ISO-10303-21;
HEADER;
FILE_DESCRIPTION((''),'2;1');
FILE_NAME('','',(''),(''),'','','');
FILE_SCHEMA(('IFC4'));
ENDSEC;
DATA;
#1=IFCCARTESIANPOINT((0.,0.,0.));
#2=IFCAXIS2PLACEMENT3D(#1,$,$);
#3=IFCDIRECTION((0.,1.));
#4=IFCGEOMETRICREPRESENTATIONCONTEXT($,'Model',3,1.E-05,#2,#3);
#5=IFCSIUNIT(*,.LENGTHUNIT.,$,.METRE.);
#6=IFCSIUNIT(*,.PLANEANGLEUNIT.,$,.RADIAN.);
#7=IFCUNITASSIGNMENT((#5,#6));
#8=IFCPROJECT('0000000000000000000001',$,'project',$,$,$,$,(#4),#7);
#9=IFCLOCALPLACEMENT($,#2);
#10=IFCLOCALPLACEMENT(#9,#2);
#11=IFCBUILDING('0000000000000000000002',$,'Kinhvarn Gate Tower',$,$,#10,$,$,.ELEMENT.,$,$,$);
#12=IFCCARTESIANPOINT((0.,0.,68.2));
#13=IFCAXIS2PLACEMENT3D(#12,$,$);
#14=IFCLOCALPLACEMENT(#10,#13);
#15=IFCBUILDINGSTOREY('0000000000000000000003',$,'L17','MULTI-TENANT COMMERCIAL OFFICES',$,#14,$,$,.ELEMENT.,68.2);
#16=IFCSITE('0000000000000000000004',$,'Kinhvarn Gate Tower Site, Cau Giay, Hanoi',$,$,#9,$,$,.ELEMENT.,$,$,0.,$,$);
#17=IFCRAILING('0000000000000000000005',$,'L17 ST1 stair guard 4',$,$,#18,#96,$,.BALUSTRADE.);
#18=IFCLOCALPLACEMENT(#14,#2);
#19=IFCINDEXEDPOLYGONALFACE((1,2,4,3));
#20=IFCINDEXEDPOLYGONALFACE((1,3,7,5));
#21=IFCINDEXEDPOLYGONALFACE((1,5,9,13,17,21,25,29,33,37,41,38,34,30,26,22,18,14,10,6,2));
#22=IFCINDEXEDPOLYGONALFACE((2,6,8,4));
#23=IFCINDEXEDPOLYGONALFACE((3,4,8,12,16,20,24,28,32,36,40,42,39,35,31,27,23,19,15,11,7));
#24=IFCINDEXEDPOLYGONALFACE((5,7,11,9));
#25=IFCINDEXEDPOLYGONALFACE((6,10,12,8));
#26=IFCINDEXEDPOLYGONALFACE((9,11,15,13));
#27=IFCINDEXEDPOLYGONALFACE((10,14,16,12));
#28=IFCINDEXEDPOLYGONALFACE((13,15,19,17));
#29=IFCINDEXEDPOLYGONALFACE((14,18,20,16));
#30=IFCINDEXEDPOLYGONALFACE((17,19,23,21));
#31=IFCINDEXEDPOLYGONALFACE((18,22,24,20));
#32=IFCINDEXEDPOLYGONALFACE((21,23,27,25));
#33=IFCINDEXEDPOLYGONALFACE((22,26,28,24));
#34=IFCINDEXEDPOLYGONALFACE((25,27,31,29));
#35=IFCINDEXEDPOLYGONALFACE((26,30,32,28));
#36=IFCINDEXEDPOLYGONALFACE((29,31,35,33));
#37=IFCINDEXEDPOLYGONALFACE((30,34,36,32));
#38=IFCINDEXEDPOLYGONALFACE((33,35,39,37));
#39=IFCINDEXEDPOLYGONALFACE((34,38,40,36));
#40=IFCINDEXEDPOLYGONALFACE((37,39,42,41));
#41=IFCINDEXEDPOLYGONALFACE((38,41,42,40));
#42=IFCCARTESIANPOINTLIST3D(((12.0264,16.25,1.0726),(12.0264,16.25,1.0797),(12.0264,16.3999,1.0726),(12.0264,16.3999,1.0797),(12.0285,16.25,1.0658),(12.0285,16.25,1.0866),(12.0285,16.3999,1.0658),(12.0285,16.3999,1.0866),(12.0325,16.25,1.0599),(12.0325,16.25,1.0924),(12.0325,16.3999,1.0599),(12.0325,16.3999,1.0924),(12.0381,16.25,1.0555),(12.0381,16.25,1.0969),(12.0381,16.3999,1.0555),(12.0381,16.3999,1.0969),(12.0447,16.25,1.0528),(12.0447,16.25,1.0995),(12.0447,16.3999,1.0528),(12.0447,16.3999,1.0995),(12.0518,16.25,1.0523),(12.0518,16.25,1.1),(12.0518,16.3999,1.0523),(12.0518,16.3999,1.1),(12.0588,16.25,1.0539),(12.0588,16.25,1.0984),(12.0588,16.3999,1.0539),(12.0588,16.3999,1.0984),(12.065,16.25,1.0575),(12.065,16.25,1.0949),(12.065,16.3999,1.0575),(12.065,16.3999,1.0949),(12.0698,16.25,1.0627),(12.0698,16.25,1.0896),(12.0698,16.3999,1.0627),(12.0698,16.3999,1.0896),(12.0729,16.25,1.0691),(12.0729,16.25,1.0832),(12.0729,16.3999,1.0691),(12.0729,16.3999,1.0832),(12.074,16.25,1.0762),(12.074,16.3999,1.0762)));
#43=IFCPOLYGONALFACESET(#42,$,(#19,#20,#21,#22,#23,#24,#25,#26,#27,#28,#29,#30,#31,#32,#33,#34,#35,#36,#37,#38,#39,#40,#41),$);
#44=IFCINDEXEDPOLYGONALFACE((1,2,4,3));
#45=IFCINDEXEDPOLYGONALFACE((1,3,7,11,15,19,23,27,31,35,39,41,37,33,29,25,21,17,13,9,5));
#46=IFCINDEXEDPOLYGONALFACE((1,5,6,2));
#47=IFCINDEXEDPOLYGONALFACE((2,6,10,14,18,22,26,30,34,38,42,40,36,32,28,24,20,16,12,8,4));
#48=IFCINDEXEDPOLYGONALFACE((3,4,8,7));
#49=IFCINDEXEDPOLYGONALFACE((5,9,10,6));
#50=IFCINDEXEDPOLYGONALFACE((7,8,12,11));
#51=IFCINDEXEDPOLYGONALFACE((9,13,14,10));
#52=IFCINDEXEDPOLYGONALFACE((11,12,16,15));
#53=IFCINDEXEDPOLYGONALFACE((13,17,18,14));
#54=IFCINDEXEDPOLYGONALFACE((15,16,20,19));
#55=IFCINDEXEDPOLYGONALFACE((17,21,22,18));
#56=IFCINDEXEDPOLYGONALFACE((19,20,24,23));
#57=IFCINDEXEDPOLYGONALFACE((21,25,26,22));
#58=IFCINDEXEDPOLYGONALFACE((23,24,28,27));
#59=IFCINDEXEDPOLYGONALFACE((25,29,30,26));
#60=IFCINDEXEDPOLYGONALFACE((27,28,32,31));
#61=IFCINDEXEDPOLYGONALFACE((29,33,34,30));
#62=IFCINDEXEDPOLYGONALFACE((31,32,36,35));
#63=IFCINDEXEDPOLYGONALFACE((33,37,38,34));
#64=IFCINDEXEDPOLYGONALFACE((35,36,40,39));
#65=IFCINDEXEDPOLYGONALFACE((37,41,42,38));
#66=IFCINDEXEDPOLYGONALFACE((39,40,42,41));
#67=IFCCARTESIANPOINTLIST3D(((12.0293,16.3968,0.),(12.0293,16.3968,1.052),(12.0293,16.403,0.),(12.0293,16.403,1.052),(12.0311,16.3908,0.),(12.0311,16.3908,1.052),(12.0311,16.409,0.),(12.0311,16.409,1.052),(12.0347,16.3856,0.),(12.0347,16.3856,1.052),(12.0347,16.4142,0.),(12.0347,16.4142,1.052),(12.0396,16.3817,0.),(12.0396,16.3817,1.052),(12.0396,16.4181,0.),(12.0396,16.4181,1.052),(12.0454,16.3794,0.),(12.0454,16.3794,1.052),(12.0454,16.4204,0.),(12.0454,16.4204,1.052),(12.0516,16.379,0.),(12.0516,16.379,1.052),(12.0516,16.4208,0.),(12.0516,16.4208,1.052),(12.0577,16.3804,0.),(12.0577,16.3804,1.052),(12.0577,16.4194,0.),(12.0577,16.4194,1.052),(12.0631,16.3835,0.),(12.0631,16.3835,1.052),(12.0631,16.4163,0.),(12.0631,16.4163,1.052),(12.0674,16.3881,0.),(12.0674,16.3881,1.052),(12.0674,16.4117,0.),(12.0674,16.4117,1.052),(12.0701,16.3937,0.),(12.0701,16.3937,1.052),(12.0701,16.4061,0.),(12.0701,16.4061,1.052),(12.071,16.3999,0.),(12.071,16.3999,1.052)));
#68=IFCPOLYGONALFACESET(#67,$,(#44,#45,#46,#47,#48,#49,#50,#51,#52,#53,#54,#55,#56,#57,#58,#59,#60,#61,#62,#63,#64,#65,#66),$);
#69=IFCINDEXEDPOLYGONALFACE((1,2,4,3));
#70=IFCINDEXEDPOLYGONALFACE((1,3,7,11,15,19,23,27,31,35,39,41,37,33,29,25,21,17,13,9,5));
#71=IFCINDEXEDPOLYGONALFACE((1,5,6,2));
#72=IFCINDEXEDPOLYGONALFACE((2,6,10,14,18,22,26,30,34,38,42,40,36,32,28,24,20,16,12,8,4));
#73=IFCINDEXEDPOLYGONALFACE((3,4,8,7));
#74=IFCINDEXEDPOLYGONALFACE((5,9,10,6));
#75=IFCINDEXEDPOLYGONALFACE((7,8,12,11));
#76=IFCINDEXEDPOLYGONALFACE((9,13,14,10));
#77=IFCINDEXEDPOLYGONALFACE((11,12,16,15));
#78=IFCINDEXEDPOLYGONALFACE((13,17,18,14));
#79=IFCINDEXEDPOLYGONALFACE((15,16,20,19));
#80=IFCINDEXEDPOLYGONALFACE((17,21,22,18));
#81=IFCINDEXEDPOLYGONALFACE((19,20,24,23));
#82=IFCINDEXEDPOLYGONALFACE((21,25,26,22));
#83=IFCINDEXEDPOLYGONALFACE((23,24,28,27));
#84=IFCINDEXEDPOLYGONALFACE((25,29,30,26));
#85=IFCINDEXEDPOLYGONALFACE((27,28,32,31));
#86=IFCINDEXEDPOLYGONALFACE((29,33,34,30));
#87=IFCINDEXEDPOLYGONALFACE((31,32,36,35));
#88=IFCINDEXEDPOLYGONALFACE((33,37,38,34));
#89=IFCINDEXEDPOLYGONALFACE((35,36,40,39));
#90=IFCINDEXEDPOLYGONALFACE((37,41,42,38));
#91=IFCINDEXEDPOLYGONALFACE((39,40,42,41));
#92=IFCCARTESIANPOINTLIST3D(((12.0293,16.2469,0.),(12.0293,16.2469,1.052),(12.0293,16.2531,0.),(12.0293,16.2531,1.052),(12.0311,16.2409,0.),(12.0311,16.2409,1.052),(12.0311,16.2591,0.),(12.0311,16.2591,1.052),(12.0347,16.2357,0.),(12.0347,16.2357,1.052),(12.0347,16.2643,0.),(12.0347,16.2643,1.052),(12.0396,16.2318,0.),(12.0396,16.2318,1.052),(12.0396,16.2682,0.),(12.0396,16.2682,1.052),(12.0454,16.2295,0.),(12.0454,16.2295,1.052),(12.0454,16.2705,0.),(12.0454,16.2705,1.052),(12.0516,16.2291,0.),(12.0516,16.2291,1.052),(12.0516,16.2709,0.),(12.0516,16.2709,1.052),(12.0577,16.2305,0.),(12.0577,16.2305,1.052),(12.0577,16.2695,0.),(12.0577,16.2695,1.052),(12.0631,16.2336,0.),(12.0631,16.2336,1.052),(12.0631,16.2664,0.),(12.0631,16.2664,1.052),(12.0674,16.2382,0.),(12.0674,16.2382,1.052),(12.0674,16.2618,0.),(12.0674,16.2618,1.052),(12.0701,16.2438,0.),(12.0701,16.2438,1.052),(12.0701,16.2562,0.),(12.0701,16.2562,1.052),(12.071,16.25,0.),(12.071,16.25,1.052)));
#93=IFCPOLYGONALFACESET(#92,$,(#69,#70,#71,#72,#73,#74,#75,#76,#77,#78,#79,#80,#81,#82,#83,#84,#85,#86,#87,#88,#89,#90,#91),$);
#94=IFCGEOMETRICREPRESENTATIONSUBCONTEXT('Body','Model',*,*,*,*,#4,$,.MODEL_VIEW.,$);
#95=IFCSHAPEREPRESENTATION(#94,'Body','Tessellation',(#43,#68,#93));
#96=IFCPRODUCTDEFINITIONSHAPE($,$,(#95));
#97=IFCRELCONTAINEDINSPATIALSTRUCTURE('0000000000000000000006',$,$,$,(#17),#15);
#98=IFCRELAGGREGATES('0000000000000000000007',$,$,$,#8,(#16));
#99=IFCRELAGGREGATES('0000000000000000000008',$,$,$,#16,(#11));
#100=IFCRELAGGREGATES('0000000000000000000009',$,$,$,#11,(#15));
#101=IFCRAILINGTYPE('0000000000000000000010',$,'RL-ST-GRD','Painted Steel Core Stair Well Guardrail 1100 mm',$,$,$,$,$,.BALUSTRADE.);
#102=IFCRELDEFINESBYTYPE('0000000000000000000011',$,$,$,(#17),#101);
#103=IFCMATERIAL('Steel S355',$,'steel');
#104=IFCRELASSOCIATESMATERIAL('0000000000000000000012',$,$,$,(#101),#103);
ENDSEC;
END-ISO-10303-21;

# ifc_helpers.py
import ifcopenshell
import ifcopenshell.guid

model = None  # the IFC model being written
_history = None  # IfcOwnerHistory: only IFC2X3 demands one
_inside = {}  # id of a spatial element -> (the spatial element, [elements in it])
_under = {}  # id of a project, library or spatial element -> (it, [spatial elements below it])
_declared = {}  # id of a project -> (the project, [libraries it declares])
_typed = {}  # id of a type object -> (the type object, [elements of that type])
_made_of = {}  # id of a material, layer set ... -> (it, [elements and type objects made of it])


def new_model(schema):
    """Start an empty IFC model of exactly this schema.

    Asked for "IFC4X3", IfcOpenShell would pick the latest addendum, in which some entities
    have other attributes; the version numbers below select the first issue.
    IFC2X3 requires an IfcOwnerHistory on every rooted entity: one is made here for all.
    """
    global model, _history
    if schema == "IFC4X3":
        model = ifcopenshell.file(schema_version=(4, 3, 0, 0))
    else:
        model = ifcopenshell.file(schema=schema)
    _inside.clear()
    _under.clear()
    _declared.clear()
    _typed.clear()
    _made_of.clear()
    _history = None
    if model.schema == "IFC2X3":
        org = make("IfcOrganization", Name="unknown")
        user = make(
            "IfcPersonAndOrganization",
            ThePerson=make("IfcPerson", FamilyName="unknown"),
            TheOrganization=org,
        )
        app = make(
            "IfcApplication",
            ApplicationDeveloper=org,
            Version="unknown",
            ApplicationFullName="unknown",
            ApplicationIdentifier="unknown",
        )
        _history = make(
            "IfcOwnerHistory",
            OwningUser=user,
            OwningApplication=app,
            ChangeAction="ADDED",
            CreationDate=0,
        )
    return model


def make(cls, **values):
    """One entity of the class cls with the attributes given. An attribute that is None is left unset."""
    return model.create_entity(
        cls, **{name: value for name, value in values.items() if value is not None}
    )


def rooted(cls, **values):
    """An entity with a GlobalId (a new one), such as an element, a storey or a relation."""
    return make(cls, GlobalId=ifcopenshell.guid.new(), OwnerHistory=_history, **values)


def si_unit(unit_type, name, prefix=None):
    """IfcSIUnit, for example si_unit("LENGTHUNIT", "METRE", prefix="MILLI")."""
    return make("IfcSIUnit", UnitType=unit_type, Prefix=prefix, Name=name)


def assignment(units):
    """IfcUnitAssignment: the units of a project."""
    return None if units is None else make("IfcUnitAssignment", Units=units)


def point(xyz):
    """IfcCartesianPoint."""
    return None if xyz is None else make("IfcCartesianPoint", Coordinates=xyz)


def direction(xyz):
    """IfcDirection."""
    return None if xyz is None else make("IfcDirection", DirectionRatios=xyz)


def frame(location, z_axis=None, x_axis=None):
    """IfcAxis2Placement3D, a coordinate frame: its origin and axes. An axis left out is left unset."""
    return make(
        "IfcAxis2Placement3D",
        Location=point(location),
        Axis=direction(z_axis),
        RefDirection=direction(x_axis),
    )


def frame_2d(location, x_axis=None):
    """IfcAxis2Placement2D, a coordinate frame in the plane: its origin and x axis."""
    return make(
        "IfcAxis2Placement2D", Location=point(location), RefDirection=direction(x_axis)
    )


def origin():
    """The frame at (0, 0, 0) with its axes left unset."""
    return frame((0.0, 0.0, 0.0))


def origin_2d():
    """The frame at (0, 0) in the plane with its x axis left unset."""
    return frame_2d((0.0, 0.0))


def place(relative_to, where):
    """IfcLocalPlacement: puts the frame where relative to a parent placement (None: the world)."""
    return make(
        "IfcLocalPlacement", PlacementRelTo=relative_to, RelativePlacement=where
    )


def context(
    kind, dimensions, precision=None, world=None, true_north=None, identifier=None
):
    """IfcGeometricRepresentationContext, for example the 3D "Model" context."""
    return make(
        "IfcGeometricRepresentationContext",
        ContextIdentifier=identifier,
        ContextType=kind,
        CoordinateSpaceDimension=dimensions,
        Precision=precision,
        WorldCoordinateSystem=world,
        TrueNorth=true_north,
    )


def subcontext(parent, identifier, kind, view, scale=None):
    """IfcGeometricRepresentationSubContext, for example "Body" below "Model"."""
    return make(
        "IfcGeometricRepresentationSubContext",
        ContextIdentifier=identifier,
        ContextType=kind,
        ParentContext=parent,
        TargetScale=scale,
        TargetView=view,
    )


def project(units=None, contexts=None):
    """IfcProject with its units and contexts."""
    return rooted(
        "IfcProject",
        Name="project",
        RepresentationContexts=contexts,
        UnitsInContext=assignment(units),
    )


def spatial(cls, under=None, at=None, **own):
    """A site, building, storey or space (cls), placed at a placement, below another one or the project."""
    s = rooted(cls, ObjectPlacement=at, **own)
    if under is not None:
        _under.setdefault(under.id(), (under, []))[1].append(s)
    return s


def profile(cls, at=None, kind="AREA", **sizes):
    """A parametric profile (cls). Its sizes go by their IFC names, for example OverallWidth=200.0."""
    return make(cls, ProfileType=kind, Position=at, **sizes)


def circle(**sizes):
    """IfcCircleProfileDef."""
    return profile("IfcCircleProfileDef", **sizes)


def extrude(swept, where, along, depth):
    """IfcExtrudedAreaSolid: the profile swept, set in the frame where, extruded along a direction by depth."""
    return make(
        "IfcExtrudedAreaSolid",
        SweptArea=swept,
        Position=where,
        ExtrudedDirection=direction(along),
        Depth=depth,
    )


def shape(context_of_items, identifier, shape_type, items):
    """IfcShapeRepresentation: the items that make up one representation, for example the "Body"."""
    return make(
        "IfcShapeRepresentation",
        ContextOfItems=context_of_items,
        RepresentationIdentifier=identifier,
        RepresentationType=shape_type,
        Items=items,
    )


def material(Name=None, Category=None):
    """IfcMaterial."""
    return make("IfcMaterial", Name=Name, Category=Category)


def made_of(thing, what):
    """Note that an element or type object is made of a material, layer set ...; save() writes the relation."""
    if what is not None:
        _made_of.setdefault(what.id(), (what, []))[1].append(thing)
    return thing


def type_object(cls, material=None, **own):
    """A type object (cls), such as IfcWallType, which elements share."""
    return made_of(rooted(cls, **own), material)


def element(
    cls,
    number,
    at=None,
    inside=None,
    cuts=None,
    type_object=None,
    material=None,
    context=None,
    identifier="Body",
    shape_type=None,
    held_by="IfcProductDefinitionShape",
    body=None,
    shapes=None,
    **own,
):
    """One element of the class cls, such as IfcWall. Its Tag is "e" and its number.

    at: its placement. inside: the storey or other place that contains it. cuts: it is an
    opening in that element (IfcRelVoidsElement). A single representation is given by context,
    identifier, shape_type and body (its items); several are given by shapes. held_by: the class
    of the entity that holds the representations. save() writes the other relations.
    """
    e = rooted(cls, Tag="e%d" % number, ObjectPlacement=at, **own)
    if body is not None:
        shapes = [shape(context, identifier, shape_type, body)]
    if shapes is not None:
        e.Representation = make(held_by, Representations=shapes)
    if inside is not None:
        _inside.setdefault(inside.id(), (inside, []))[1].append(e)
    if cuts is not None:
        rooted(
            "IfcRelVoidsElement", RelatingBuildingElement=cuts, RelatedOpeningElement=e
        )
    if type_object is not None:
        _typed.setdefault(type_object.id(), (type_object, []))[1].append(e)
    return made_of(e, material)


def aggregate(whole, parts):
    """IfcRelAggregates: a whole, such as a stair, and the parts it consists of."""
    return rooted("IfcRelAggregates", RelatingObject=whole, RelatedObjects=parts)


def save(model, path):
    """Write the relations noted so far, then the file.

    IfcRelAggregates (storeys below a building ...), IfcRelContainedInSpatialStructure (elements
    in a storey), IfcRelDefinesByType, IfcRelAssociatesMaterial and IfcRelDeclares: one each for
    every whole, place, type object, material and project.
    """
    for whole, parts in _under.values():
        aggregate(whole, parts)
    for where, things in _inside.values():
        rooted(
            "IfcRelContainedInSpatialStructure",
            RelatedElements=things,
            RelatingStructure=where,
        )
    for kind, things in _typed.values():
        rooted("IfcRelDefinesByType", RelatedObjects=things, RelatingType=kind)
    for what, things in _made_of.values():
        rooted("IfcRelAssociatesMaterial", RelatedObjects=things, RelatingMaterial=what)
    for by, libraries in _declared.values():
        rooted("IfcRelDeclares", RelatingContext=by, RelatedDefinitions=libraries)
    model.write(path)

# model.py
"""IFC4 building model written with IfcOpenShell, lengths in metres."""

from ifc_helpers import new_model, si_unit, direction, frame, origin, origin_2d, place, context, subcontext, project, spatial, circle, extrude, material, type_object, element, save


model = new_model("IFC4")

# Units and contexts
model_context = context("Model", 3, precision=1e-05, world=origin(), true_north=direction((0.0, 1.0)))
body_context = subcontext(model_context, "Body", "Model", "MODEL_VIEW")
ifc_project = project(units=[si_unit("LENGTHUNIT", "METRE"), si_unit("PLANEANGLEUNIT", "RADIAN")], contexts=[model_context])

# Site, building, storey
site_placement = place(None, origin())
site = spatial("IfcSite", under=ifc_project, at=site_placement, Name="Kinhvarn Gate Tower Site, Cau Giay, Hanoi", CompositionType="ELEMENT", RefElevation=0.0)
building_placement = place(site_placement, origin())
building = spatial("IfcBuilding", under=site, at=building_placement, Name="Kinhvarn Gate Tower", CompositionType="ELEMENT")
storey_placement = place(building_placement, frame((0.0, 0.0, 68.2)))
storey = spatial("IfcBuildingStorey", under=building, at=storey_placement, Name="L17", Description="MULTI-TENANT COMMERCIAL OFFICES", CompositionType="ELEMENT", Elevation=68.2)

# Shared definitions
ifc_material_1 = material(Name="Steel S355", Category="steel")

# Railing
railing_type_1 = type_object("IfcRailingType", Name="RL-ST-GRD", Description="Painted Steel Core Stair Well Guardrail 1100 mm", PredefinedType="BALUSTRADE", material=ifc_material_1)
railing_1_placement = place(storey_placement, frame((12.05, 16.3999, 0.0)))
element("IfcRailing", 1, at=railing_1_placement, inside=storey, type_object=railing_type_1, Name="L17 ST1 stair guard 4", PredefinedType="BALUSTRADE", context=body_context, shape_type="SweptSolid", body=[
    extrude(circle(Radius=0.0239, at=origin_2d()), frame((0.0, 0.0, 1.0762), z_axis=(0.0, -1.0, 0.0), x_axis=(1.0, 0.0, 0.0)), (0.0, 0.0, 1.0), 0.1499),
    extrude(circle(Radius=0.021, at=origin_2d()), origin(), (0.0, 0.0, 1.0), 1.052),
    extrude(circle(Radius=0.021, at=origin_2d()), frame((0.0, -0.1499, 0.0)), (0.0, 0.0, 1.0), 1.052),
])

save(model, "model.ifc")
